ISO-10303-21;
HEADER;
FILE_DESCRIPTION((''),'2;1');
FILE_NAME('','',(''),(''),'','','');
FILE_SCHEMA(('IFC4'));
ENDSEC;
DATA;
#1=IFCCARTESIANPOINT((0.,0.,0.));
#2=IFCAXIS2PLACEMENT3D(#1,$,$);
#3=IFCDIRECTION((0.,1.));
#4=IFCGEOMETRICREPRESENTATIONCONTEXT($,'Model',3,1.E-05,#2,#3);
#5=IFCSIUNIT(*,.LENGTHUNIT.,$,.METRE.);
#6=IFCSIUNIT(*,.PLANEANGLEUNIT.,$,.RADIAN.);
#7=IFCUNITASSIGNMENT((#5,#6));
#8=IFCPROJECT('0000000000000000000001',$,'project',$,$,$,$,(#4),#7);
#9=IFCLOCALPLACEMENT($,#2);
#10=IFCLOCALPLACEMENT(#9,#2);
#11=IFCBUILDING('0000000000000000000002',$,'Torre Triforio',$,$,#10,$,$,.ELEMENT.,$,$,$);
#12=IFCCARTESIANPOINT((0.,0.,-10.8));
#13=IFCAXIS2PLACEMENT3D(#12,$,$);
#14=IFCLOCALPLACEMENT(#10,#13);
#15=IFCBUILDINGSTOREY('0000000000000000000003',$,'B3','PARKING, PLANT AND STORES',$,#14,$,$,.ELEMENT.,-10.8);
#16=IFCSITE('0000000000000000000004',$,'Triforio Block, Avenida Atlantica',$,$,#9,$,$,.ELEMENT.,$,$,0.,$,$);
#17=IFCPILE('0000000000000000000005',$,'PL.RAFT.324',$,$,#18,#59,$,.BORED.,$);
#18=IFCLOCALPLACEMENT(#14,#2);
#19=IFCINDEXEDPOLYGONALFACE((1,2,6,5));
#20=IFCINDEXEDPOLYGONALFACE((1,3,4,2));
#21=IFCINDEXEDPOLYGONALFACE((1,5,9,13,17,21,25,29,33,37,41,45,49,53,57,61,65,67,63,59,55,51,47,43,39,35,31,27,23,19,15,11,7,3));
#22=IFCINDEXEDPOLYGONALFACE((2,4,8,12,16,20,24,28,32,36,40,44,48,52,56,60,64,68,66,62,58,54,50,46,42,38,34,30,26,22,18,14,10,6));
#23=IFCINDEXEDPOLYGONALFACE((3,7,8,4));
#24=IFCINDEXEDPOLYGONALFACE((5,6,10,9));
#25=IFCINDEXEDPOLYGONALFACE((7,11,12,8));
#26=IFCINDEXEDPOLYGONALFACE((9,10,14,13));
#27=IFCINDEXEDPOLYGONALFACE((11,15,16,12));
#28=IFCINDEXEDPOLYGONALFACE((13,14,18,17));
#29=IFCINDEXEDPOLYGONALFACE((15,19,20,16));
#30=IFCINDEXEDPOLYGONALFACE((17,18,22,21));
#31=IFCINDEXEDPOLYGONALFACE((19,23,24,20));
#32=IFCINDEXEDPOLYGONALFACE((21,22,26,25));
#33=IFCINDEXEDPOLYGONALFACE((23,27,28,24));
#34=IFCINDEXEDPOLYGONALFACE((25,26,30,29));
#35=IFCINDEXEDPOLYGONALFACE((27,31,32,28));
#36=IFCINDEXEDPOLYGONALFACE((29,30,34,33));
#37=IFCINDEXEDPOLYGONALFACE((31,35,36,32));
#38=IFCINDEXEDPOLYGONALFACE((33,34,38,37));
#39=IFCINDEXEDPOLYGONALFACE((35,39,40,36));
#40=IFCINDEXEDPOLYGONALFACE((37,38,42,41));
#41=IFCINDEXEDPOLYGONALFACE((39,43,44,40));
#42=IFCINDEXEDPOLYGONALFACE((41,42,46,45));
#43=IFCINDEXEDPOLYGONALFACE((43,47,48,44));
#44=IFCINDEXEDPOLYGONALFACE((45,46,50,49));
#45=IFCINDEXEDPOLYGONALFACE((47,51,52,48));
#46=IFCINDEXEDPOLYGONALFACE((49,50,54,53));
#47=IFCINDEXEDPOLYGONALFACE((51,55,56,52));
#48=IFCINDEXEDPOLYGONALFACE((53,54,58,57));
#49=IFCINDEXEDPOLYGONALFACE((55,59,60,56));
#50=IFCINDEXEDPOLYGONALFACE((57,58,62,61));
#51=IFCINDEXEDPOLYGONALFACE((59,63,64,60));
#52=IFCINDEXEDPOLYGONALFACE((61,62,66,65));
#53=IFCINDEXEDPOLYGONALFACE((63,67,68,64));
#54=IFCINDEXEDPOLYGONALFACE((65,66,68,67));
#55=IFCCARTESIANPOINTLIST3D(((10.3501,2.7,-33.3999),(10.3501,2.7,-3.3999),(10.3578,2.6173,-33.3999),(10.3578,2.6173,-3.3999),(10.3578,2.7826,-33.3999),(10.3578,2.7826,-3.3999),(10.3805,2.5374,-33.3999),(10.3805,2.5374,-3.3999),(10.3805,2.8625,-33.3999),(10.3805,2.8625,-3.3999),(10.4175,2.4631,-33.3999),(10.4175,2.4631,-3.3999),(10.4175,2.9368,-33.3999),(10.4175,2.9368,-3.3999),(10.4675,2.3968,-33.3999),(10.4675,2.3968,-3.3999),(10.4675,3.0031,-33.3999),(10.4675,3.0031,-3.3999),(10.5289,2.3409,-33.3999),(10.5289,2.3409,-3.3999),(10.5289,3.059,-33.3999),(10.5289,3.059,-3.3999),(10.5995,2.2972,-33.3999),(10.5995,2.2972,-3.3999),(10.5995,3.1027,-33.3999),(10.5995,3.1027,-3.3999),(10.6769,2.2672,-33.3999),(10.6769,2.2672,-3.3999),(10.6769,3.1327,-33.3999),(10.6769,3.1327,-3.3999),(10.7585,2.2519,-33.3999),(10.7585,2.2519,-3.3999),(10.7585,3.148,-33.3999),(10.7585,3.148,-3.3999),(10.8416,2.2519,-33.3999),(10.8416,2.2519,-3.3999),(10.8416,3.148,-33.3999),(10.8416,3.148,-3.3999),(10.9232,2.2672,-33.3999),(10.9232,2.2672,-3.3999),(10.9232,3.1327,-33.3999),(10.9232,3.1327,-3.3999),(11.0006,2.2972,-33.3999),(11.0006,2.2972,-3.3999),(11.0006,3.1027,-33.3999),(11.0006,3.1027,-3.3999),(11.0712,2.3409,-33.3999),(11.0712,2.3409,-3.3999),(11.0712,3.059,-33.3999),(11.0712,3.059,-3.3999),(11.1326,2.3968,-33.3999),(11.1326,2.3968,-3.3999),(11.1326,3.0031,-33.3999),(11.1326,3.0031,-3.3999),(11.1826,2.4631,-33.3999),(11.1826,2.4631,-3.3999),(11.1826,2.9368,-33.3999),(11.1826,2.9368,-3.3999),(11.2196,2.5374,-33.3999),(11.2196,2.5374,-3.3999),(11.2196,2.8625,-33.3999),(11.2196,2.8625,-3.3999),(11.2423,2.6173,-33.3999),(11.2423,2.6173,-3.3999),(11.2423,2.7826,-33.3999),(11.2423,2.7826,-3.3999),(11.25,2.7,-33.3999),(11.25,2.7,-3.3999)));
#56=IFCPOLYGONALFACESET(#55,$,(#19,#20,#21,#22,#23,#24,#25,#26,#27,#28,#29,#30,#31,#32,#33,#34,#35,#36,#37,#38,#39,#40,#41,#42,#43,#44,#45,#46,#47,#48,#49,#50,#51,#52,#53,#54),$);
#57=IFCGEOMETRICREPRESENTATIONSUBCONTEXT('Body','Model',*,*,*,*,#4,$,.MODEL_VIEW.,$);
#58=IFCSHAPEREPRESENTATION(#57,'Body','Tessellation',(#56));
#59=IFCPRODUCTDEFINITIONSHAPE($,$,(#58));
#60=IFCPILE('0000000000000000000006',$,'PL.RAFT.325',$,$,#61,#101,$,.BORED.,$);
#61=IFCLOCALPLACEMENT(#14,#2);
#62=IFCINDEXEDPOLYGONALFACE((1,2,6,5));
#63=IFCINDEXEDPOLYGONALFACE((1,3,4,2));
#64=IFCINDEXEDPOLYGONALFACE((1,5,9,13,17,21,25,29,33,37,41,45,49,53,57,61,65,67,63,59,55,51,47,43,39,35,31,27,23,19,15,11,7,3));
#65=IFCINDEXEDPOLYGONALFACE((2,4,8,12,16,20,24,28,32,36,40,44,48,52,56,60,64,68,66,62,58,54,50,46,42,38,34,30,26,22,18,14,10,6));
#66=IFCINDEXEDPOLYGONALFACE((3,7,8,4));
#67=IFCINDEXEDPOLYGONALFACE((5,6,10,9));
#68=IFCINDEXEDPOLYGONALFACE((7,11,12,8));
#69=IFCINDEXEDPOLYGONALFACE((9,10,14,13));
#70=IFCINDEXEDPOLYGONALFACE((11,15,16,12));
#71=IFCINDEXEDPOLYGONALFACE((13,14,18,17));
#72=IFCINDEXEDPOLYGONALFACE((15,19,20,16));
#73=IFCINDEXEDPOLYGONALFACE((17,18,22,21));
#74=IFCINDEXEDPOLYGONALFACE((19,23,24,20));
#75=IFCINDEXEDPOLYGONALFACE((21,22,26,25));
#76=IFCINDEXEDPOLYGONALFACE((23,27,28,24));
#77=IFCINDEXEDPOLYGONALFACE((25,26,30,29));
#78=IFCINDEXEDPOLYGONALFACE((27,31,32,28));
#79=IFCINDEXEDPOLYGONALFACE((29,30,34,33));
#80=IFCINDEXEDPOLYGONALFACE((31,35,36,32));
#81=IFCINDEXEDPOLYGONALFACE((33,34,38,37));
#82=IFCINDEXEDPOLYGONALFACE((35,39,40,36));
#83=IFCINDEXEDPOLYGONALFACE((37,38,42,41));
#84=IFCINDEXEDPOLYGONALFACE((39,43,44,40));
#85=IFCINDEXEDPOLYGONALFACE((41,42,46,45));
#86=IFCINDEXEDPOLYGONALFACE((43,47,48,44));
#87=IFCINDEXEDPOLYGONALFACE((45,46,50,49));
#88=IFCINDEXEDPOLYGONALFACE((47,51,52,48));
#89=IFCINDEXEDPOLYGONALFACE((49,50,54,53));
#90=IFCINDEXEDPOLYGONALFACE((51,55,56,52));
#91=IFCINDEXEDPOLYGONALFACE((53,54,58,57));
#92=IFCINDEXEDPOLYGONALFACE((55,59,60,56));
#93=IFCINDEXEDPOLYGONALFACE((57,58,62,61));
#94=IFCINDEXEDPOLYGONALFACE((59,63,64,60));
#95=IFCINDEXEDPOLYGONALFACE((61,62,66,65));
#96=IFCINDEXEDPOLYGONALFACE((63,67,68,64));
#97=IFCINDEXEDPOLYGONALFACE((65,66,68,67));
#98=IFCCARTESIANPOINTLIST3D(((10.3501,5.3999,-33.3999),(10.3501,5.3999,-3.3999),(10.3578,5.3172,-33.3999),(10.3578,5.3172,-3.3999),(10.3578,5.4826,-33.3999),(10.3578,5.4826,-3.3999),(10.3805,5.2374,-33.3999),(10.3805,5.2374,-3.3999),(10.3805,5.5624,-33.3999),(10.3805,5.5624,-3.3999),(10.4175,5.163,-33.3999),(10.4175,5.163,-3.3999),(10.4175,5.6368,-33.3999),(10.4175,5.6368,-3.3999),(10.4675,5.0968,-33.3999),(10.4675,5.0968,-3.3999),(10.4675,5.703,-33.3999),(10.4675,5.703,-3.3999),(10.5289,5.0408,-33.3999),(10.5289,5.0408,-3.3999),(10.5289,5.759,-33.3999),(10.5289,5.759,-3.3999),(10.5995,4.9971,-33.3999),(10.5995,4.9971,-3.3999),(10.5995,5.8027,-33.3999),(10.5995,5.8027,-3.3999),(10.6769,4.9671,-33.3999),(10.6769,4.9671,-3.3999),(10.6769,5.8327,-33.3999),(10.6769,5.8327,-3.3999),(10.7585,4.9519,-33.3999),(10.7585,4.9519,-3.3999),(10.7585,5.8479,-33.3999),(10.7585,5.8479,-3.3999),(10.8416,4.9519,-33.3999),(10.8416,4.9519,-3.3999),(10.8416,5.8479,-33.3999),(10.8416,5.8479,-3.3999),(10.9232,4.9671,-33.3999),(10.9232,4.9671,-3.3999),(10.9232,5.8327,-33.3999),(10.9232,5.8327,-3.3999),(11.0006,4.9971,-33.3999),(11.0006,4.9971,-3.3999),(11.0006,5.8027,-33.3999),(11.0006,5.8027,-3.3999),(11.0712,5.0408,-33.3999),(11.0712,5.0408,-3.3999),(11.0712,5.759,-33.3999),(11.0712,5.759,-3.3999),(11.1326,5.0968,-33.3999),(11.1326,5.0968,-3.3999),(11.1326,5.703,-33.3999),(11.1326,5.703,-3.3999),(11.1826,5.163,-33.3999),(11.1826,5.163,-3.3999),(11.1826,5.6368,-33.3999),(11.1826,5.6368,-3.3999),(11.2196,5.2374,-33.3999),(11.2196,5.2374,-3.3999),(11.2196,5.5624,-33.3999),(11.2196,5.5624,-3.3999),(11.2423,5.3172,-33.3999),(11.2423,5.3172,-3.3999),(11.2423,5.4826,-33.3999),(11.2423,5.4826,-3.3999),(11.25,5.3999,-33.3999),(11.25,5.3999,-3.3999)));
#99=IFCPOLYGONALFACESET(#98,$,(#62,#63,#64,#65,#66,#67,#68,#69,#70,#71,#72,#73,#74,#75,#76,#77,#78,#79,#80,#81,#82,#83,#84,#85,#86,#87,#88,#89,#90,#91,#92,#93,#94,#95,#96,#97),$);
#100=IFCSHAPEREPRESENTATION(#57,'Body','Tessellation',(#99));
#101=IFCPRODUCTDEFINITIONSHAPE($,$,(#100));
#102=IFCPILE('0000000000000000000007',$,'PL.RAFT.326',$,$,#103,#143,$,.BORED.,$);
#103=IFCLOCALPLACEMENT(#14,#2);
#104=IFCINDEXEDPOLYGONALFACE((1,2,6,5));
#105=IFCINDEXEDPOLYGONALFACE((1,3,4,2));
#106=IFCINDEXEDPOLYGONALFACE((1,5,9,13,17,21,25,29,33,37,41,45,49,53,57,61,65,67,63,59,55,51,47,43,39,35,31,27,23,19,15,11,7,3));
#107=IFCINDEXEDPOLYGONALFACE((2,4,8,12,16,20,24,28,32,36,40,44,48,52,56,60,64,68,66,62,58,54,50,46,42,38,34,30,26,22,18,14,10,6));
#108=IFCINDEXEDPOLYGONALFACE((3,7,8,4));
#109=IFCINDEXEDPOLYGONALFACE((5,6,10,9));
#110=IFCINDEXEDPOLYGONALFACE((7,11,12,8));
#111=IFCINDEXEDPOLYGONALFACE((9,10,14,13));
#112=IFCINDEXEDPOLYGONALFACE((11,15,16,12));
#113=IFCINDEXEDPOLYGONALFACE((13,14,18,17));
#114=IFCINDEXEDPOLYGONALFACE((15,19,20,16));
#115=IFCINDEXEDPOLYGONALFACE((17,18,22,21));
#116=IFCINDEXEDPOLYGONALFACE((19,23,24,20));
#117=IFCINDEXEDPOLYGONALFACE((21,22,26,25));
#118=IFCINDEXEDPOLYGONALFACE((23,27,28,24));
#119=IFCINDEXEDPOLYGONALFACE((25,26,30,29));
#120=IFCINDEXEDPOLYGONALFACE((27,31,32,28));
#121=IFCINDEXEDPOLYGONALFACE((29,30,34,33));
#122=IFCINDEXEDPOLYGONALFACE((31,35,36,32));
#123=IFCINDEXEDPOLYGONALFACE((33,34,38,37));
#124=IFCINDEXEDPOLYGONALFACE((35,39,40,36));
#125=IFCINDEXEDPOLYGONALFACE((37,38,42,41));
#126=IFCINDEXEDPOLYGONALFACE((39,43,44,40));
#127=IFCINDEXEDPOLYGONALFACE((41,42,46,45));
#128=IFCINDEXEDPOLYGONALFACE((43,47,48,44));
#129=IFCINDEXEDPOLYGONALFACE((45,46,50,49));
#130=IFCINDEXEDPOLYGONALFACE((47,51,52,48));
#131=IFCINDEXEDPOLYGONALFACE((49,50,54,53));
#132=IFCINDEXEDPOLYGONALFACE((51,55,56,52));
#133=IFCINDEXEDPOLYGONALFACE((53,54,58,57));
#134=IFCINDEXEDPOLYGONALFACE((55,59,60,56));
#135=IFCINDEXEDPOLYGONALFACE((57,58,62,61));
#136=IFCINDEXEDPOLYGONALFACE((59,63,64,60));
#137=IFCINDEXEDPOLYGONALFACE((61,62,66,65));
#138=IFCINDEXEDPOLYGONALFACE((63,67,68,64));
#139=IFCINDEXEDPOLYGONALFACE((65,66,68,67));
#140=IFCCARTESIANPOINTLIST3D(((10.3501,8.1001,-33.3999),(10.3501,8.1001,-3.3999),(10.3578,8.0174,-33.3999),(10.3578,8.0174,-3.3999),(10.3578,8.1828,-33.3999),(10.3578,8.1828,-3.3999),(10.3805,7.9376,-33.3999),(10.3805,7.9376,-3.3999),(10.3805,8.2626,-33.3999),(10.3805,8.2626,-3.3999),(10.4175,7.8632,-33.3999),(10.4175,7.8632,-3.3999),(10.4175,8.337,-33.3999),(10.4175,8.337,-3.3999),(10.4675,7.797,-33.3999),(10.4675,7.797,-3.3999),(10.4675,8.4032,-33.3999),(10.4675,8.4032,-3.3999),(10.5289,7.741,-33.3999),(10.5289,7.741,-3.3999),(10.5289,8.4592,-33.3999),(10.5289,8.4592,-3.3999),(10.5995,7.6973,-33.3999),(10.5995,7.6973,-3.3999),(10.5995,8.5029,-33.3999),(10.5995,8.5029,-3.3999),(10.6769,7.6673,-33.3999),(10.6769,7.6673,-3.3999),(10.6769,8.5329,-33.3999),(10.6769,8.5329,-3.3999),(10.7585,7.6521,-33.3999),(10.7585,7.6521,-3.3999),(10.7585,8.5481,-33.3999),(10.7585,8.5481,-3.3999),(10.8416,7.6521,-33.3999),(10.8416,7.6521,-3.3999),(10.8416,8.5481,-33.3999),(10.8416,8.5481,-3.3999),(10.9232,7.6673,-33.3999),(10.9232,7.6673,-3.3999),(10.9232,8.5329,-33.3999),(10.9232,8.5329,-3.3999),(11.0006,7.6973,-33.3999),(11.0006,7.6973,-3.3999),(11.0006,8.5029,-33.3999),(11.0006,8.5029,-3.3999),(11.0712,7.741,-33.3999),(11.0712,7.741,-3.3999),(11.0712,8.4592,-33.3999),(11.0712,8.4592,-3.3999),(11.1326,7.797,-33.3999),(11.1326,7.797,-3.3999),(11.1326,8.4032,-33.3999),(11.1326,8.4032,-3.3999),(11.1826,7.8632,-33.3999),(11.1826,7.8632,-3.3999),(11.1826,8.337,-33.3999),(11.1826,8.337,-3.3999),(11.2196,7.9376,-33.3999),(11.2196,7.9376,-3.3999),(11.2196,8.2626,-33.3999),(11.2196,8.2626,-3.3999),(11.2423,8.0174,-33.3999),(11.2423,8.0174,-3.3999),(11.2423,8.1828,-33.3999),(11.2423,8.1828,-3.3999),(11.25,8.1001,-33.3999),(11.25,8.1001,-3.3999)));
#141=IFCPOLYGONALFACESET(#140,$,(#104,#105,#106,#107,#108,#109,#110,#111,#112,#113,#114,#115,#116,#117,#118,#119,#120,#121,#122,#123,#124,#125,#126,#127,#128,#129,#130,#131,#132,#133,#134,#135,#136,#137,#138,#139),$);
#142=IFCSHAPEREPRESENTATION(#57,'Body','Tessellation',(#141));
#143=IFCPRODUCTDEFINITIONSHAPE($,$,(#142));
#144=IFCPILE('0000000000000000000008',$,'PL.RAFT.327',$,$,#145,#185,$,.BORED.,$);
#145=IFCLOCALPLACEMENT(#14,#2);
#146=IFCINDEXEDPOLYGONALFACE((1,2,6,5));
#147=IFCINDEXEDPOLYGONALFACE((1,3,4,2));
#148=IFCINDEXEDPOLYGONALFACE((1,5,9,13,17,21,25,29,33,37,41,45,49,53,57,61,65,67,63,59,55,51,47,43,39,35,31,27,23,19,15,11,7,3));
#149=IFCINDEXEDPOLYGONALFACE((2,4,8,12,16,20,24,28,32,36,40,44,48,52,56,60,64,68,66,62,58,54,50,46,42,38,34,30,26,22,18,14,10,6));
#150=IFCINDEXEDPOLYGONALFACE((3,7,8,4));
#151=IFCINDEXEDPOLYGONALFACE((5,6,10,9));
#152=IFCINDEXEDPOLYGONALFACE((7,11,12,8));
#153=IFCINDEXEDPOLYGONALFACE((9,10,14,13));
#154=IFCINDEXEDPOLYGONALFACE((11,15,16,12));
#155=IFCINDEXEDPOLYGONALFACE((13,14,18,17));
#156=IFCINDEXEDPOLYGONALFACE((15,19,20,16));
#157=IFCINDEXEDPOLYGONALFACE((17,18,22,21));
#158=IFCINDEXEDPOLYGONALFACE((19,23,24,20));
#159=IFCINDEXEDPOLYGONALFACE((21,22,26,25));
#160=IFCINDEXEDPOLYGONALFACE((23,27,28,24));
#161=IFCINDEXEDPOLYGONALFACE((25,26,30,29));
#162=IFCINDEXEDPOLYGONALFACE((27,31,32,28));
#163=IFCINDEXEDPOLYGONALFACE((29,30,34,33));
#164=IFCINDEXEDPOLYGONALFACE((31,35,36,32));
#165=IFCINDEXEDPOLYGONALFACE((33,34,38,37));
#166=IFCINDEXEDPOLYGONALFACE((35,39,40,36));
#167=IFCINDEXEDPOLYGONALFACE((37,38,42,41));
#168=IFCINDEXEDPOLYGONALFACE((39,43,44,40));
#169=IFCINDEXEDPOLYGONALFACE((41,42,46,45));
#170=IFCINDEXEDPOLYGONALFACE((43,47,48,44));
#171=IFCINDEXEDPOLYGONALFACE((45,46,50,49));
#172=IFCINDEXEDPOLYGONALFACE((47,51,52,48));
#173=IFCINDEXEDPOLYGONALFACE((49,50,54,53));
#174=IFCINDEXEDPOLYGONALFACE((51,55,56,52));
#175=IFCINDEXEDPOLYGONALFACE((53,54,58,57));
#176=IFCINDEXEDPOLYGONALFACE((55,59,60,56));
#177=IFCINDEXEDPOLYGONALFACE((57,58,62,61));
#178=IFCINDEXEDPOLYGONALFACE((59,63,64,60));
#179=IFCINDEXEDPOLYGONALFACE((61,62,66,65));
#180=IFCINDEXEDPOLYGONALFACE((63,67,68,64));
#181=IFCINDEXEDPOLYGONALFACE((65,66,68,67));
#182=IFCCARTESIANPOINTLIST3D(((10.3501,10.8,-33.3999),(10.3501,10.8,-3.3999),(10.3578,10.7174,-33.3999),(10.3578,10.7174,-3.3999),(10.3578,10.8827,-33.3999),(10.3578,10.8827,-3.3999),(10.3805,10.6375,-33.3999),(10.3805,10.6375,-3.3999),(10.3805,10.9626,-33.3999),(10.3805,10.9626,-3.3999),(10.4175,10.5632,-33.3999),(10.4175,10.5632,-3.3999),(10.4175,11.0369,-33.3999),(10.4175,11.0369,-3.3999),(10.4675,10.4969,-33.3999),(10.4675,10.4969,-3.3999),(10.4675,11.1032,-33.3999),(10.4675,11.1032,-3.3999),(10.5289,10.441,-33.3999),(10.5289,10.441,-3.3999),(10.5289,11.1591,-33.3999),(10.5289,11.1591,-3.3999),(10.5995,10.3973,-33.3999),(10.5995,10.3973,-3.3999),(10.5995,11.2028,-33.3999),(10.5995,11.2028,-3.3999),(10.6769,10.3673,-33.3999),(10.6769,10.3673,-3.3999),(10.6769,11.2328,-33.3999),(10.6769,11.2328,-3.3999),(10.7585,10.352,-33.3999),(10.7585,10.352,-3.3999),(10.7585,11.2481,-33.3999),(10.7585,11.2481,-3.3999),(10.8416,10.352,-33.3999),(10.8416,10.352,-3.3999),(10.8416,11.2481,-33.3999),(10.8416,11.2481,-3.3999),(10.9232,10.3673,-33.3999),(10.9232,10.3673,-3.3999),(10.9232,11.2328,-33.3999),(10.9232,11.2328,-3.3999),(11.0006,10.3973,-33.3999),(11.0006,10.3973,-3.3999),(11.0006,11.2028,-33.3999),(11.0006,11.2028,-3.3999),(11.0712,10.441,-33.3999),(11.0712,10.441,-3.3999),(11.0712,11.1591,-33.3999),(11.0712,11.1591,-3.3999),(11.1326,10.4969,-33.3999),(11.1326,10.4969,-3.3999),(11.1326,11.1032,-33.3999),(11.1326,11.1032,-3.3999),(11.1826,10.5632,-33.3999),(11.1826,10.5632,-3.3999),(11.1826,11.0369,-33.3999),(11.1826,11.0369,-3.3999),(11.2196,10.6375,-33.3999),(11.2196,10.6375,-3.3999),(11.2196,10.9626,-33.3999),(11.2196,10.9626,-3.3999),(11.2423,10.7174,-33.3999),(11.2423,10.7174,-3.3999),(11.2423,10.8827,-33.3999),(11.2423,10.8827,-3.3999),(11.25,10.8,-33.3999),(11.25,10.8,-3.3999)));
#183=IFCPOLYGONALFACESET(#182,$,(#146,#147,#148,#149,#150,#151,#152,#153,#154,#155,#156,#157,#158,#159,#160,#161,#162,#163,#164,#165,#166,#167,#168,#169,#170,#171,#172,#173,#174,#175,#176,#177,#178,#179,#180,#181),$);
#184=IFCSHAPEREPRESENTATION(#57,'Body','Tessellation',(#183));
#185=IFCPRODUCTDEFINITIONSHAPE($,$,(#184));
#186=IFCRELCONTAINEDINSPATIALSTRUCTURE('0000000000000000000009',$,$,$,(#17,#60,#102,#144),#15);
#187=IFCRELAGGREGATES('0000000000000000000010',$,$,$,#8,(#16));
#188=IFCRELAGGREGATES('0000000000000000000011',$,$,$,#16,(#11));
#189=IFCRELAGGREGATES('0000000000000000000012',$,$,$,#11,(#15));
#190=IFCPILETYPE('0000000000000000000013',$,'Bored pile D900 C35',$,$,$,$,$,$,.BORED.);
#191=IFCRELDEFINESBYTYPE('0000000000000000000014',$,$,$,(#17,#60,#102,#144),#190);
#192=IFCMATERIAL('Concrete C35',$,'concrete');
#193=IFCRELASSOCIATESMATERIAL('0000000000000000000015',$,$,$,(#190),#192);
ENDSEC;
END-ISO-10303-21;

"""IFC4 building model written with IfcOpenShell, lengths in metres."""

from ifc_helpers import new_model, si_unit, direction, frame, origin, origin_2d, place, context, subcontext, project, spatial, circle, extrude, material, material_profile, profile_set, type_object, element, save


model = new_model("IFC4")

# Units and contexts
model_context = context("Model", 3, precision=1e-05, world=origin(), true_north=direction((0.0, 1.0)))
body_context = subcontext(model_context, "Body", "Model", "MODEL_VIEW")
ifc_project = project(units=[si_unit("LENGTHUNIT", "METRE"), si_unit("PLANEANGLEUNIT", "RADIAN")], contexts=[model_context])

# Site, building, storey
site_placement = place(None, origin())
site = spatial("IfcSite", under=ifc_project, at=site_placement, Name="Triforio Block, Avenida Atlantica", CompositionType="ELEMENT", RefElevation=0.0)
building_placement = place(site_placement, origin())
building = spatial("IfcBuilding", under=site, at=building_placement, Name="Torre Triforio", CompositionType="ELEMENT")
storey_placement = place(building_placement, frame((0.0, 0.0, -10.8)))
storey = spatial("IfcBuildingStorey", under=building, at=storey_placement, Name="B3", Description="PARKING, PLANT AND STORES", CompositionType="ELEMENT", Elevation=-10.8)

# Piles
ifc_material_1 = material(Name="Concrete C35", Category="concrete")
ifc_material_profile_1 = material_profile(ifc_material_1, circle(Radius=0.45, at=origin_2d()), Name="RC D900")
ifc_profile_set_1 = profile_set([ifc_material_profile_1], Name="Concrete C35")
pile_type = type_object("IfcPileType", Name="Bored pile D900 C35", PredefinedType="BORED", material=ifc_profile_set_1)
for number, where, z_axis, x_axis, name in (
    (1, (10.8, 2.7, -3.3999), (0.0, 0.0, -1.0), (1.0, 0.0, 0.0), "PL.RAFT.324"),
    (2, (10.8, 5.3999, -3.3999), (0.0, 0.0, -1.0), (1.0, 0.0, 0.0), "PL.RAFT.325"),
    (3, (10.8, 8.1001, -3.3999), (0.0, 0.0, -1.0), (1.0, 0.0, 0.0), "PL.RAFT.326"),
    (4, (10.8, 10.8, -3.3999), (0.0, 0.0, -1.0), (1.0, 0.0, 0.0), "PL.RAFT.327"),
):
    element("IfcPile", number, at=place(storey_placement, frame(where, z_axis=z_axis, x_axis=x_axis)), inside=storey, type_object=pile_type, Name=name, PredefinedType="BORED", context=body_context, shape_type="SweptSolid", body=[
        extrude(circle(Radius=0.45, at=origin_2d()), origin(), (0.0, 0.0, 1.0), 30.0),
    ])

save(model, "model.ifc")
